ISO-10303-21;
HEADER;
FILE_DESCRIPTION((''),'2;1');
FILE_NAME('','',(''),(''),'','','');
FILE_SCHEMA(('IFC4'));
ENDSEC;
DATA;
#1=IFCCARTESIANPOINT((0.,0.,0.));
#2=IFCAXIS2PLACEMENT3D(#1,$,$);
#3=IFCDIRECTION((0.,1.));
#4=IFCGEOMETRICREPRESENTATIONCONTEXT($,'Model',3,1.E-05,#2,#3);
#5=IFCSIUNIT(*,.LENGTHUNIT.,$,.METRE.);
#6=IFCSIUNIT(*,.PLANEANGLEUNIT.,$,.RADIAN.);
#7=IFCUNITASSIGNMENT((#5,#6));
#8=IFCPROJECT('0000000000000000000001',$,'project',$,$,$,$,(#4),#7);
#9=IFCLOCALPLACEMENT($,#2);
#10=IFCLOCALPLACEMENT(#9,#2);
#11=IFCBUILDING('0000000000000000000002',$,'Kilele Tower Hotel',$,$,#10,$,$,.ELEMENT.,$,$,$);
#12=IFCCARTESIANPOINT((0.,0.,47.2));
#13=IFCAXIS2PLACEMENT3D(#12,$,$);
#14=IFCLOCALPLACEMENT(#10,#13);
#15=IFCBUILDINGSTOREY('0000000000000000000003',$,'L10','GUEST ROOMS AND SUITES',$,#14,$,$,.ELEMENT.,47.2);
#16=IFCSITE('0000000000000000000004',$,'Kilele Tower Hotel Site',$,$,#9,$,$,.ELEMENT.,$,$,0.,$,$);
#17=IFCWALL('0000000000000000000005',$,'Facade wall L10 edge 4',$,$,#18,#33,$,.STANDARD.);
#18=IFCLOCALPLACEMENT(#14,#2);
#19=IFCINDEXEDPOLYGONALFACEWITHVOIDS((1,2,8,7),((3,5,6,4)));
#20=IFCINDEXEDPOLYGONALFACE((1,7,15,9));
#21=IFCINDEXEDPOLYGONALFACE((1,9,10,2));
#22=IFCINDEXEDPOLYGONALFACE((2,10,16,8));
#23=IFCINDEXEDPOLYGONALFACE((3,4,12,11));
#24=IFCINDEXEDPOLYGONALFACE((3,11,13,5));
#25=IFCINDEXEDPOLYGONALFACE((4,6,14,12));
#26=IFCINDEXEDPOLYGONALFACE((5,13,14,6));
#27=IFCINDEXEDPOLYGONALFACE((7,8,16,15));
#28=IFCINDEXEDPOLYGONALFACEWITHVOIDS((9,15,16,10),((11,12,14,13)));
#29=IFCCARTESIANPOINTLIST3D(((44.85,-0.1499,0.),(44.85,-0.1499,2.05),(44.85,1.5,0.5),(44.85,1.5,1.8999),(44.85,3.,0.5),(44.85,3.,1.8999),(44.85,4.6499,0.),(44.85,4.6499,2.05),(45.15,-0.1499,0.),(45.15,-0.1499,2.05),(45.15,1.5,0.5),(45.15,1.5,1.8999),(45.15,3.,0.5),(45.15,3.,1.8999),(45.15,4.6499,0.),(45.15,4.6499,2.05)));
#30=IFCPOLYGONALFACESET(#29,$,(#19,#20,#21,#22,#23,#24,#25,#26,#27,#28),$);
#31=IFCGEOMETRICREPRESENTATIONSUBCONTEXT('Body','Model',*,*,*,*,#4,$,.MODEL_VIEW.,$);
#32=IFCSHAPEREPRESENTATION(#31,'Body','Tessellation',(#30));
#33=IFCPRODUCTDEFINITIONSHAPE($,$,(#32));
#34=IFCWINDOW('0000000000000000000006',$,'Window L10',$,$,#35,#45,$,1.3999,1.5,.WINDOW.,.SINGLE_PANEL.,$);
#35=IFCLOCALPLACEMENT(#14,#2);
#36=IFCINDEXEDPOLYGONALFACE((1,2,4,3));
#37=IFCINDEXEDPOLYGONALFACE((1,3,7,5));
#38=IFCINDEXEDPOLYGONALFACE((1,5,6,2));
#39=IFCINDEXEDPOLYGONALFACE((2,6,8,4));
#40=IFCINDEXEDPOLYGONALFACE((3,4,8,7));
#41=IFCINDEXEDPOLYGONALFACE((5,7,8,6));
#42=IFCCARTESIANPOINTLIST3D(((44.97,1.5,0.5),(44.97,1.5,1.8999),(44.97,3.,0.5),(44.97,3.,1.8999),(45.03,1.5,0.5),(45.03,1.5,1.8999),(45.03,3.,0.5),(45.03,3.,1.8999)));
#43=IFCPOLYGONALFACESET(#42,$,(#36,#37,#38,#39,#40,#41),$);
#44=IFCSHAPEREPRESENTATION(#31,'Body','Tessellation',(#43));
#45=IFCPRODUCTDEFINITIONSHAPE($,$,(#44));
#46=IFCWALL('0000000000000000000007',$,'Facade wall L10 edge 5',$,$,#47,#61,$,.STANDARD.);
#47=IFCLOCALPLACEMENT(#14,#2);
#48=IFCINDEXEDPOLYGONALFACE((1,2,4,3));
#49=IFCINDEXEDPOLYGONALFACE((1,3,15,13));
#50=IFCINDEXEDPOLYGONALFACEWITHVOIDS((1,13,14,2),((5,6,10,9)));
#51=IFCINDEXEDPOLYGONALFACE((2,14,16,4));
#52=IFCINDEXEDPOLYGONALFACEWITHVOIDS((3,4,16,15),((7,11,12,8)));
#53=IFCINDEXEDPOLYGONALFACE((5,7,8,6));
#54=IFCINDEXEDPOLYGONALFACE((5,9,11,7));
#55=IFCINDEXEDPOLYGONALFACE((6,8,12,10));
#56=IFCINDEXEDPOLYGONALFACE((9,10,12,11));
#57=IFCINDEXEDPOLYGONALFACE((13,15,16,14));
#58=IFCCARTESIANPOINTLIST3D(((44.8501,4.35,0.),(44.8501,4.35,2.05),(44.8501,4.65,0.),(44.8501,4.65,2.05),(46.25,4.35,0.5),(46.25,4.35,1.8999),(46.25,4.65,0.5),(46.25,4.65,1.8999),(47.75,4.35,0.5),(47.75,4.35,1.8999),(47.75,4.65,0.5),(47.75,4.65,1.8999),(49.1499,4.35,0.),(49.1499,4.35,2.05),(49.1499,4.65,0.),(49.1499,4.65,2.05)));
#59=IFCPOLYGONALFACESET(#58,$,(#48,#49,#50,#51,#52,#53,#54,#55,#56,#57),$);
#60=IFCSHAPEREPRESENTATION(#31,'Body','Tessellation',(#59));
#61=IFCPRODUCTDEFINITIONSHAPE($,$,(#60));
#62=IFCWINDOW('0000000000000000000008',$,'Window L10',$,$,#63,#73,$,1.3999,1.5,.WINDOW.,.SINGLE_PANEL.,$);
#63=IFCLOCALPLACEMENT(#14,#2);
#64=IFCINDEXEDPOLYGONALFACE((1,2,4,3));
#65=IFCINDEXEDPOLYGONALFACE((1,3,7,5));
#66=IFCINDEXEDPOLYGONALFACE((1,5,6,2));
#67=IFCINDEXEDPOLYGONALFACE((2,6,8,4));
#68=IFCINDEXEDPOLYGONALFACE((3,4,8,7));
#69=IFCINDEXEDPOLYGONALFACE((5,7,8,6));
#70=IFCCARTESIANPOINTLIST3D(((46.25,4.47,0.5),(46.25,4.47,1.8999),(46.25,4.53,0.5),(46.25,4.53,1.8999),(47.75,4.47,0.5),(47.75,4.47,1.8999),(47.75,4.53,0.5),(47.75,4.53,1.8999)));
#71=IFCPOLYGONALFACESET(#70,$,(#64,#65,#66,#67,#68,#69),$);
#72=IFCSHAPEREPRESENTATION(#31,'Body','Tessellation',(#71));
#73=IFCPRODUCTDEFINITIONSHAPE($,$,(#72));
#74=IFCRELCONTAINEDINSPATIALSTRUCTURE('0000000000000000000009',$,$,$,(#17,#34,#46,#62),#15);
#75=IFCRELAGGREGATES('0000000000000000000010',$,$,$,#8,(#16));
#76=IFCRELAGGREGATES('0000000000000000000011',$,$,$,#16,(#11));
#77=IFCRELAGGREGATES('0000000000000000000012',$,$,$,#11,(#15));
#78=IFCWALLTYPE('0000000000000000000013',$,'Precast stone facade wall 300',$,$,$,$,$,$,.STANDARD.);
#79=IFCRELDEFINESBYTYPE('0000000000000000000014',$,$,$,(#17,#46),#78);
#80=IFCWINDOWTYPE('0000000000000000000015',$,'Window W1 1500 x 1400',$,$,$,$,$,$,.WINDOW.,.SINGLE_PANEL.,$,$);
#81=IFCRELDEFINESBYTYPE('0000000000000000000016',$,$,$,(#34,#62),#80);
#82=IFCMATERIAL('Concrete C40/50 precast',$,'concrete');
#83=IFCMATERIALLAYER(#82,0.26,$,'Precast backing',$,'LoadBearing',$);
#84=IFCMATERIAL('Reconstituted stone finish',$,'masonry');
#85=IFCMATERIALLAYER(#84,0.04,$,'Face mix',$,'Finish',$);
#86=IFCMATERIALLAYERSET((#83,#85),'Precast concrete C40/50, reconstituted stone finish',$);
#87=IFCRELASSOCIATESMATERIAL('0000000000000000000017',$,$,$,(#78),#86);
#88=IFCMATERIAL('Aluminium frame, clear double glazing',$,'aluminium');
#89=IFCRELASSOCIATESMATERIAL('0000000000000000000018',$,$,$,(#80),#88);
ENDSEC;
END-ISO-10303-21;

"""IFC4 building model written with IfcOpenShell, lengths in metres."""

from ifc_helpers import new_model, si_unit, direction, frame, frame_2d, origin, place, context, subcontext, project, spatial, rectangle, extrude, material, layer, layer_set, type_object, element, fill, save


model = new_model("IFC4")

# Units and contexts
model_context = context("Model", 3, precision=1e-05, world=origin(), true_north=direction((0.0, 1.0)))
body_context = subcontext(model_context, "Body", "Model", "MODEL_VIEW")
ifc_project = project(units=[si_unit("LENGTHUNIT", "METRE"), si_unit("PLANEANGLEUNIT", "RADIAN")], contexts=[model_context])

# Site, building, storey
site_placement = place(None, origin())
site = spatial("IfcSite", under=ifc_project, at=site_placement, Name="Kilele Tower Hotel Site", CompositionType="ELEMENT", RefElevation=0.0)
building_placement = place(site_placement, origin())
building = spatial("IfcBuilding", under=site, at=building_placement, Name="Kilele Tower Hotel", CompositionType="ELEMENT")
storey_placement = place(building_placement, frame((0.0, 0.0, 47.2)))
storey = spatial("IfcBuildingStorey", under=building, at=storey_placement, Name="L10", Description="GUEST ROOMS AND SUITES", CompositionType="ELEMENT", Elevation=47.2)

# Walls, openings, windows
ifc_material_1 = material(Name="Concrete C40/50 precast", Category="concrete")
ifc_layer_1 = layer(ifc_material_1, 0.26, Name="Precast backing", Category="LoadBearing")
ifc_material_2 = material(Name="Reconstituted stone finish", Category="masonry")
ifc_layer_2 = layer(ifc_material_2, 0.04, Name="Face mix", Category="Finish")
ifc_layer_set_1 = layer_set([ifc_layer_1, ifc_layer_2], Name="Precast concrete C40/50, reconstituted stone finish")
wall_type_1 = type_object("IfcWallType", Name="Precast stone facade wall 300", PredefinedType="STANDARD", material=ifc_layer_set_1)
wall_1_placement = place(storey_placement, frame((45.0, -0.1499, 0.0), z_axis=(0.0, 0.0, 1.0), x_axis=(0.0, 1.0, 0.0)))
wall_1 = element("IfcWall", 1, at=wall_1_placement, inside=storey, type_object=wall_type_1, Name="Facade wall L10 edge 4", PredefinedType="STANDARD", context=body_context, shape_type="SweptSolid", body=[
    extrude(rectangle(XDim=4.7998, YDim=0.3, at=frame_2d((2.3999, 0.0))), origin(), (0.0, 0.0, 1.0), 2.05),
])
opening_1_placement = place(wall_1_placement, frame((1.6499, 0.0, 0.5)))
opening_1 = element("IfcOpeningElement", 2, at=opening_1_placement, cuts=wall_1, PredefinedType="OPENING", context=body_context, shape_type="SweptSolid", body=[
    extrude(rectangle(XDim=1.5, YDim=1.3999, at=frame_2d((0.75, 0.7))), frame((0.0, 0.1599, 0.0), z_axis=(0.0, -1.0, 0.0), x_axis=(1.0, 0.0, 0.0)), (0.0, 0.0, 1.0), 0.3201),
])
ifc_material_3 = material(Name="Aluminium frame, clear double glazing", Category="aluminium")
window_type = type_object("IfcWindowType", Name="Window W1 1500 x 1400", PartitioningType="SINGLE_PANEL", PredefinedType="WINDOW", material=ifc_material_3)
window_1_placement = place(opening_1_placement, origin())
window_1 = element("IfcWindow", 3, at=window_1_placement, inside=storey, type_object=window_type, Name="Window L10", OverallHeight=1.3999, OverallWidth=1.5, PartitioningType="SINGLE_PANEL", PredefinedType="WINDOW", context=body_context, shape_type="SweptSolid", body=[
    extrude(rectangle(XDim=1.5, YDim=1.3999, at=frame_2d((0.75, 0.7))), frame((0.0, 0.03, 0.0), z_axis=(0.0, -1.0, 0.0), x_axis=(1.0, 0.0, 0.0)), (0.0, 0.0, 1.0), 0.0601),
])
fill(opening_1, window_1)
wall_2_placement = place(storey_placement, frame((44.8501, 4.5, 0.0), z_axis=(0.0, 0.0, 1.0), x_axis=(1.0, 0.0, 0.0)))
wall_2 = element("IfcWall", 4, at=wall_2_placement, inside=storey, type_object=wall_type_1, Name="Facade wall L10 edge 5", PredefinedType="STANDARD", context=body_context, shape_type="SweptSolid", body=[
    extrude(rectangle(XDim=4.2998, YDim=0.3, at=frame_2d((2.1499, 0.0))), origin(), (0.0, 0.0, 1.0), 2.05),
])
opening_2_placement = place(wall_2_placement, frame((1.3999, 0.0, 0.5)))
opening_2 = element("IfcOpeningElement", 5, at=opening_2_placement, cuts=wall_2, PredefinedType="OPENING", context=body_context, shape_type="SweptSolid", body=[
    extrude(rectangle(XDim=1.5, YDim=1.3999, at=frame_2d((0.75, 0.7))), frame((0.0, 0.1599, 0.0), z_axis=(0.0, -1.0, 0.0), x_axis=(1.0, 0.0, 0.0)), (0.0, 0.0, 1.0), 0.3201),
])
window_2_placement = place(opening_2_placement, origin())
window_2 = element("IfcWindow", 6, at=window_2_placement, inside=storey, type_object=window_type, Name="Window L10", OverallHeight=1.3999, OverallWidth=1.5, PartitioningType="SINGLE_PANEL", PredefinedType="WINDOW", context=body_context, shape_type="SweptSolid", body=[
    extrude(rectangle(XDim=1.5, YDim=1.3999, at=frame_2d((0.75, 0.7))), frame((0.0, 0.03, 0.0), z_axis=(0.0, -1.0, 0.0), x_axis=(1.0, 0.0, 0.0)), (0.0, 0.0, 1.0), 0.0601),
])
fill(opening_2, window_2)

save(model, "model.ifc")
